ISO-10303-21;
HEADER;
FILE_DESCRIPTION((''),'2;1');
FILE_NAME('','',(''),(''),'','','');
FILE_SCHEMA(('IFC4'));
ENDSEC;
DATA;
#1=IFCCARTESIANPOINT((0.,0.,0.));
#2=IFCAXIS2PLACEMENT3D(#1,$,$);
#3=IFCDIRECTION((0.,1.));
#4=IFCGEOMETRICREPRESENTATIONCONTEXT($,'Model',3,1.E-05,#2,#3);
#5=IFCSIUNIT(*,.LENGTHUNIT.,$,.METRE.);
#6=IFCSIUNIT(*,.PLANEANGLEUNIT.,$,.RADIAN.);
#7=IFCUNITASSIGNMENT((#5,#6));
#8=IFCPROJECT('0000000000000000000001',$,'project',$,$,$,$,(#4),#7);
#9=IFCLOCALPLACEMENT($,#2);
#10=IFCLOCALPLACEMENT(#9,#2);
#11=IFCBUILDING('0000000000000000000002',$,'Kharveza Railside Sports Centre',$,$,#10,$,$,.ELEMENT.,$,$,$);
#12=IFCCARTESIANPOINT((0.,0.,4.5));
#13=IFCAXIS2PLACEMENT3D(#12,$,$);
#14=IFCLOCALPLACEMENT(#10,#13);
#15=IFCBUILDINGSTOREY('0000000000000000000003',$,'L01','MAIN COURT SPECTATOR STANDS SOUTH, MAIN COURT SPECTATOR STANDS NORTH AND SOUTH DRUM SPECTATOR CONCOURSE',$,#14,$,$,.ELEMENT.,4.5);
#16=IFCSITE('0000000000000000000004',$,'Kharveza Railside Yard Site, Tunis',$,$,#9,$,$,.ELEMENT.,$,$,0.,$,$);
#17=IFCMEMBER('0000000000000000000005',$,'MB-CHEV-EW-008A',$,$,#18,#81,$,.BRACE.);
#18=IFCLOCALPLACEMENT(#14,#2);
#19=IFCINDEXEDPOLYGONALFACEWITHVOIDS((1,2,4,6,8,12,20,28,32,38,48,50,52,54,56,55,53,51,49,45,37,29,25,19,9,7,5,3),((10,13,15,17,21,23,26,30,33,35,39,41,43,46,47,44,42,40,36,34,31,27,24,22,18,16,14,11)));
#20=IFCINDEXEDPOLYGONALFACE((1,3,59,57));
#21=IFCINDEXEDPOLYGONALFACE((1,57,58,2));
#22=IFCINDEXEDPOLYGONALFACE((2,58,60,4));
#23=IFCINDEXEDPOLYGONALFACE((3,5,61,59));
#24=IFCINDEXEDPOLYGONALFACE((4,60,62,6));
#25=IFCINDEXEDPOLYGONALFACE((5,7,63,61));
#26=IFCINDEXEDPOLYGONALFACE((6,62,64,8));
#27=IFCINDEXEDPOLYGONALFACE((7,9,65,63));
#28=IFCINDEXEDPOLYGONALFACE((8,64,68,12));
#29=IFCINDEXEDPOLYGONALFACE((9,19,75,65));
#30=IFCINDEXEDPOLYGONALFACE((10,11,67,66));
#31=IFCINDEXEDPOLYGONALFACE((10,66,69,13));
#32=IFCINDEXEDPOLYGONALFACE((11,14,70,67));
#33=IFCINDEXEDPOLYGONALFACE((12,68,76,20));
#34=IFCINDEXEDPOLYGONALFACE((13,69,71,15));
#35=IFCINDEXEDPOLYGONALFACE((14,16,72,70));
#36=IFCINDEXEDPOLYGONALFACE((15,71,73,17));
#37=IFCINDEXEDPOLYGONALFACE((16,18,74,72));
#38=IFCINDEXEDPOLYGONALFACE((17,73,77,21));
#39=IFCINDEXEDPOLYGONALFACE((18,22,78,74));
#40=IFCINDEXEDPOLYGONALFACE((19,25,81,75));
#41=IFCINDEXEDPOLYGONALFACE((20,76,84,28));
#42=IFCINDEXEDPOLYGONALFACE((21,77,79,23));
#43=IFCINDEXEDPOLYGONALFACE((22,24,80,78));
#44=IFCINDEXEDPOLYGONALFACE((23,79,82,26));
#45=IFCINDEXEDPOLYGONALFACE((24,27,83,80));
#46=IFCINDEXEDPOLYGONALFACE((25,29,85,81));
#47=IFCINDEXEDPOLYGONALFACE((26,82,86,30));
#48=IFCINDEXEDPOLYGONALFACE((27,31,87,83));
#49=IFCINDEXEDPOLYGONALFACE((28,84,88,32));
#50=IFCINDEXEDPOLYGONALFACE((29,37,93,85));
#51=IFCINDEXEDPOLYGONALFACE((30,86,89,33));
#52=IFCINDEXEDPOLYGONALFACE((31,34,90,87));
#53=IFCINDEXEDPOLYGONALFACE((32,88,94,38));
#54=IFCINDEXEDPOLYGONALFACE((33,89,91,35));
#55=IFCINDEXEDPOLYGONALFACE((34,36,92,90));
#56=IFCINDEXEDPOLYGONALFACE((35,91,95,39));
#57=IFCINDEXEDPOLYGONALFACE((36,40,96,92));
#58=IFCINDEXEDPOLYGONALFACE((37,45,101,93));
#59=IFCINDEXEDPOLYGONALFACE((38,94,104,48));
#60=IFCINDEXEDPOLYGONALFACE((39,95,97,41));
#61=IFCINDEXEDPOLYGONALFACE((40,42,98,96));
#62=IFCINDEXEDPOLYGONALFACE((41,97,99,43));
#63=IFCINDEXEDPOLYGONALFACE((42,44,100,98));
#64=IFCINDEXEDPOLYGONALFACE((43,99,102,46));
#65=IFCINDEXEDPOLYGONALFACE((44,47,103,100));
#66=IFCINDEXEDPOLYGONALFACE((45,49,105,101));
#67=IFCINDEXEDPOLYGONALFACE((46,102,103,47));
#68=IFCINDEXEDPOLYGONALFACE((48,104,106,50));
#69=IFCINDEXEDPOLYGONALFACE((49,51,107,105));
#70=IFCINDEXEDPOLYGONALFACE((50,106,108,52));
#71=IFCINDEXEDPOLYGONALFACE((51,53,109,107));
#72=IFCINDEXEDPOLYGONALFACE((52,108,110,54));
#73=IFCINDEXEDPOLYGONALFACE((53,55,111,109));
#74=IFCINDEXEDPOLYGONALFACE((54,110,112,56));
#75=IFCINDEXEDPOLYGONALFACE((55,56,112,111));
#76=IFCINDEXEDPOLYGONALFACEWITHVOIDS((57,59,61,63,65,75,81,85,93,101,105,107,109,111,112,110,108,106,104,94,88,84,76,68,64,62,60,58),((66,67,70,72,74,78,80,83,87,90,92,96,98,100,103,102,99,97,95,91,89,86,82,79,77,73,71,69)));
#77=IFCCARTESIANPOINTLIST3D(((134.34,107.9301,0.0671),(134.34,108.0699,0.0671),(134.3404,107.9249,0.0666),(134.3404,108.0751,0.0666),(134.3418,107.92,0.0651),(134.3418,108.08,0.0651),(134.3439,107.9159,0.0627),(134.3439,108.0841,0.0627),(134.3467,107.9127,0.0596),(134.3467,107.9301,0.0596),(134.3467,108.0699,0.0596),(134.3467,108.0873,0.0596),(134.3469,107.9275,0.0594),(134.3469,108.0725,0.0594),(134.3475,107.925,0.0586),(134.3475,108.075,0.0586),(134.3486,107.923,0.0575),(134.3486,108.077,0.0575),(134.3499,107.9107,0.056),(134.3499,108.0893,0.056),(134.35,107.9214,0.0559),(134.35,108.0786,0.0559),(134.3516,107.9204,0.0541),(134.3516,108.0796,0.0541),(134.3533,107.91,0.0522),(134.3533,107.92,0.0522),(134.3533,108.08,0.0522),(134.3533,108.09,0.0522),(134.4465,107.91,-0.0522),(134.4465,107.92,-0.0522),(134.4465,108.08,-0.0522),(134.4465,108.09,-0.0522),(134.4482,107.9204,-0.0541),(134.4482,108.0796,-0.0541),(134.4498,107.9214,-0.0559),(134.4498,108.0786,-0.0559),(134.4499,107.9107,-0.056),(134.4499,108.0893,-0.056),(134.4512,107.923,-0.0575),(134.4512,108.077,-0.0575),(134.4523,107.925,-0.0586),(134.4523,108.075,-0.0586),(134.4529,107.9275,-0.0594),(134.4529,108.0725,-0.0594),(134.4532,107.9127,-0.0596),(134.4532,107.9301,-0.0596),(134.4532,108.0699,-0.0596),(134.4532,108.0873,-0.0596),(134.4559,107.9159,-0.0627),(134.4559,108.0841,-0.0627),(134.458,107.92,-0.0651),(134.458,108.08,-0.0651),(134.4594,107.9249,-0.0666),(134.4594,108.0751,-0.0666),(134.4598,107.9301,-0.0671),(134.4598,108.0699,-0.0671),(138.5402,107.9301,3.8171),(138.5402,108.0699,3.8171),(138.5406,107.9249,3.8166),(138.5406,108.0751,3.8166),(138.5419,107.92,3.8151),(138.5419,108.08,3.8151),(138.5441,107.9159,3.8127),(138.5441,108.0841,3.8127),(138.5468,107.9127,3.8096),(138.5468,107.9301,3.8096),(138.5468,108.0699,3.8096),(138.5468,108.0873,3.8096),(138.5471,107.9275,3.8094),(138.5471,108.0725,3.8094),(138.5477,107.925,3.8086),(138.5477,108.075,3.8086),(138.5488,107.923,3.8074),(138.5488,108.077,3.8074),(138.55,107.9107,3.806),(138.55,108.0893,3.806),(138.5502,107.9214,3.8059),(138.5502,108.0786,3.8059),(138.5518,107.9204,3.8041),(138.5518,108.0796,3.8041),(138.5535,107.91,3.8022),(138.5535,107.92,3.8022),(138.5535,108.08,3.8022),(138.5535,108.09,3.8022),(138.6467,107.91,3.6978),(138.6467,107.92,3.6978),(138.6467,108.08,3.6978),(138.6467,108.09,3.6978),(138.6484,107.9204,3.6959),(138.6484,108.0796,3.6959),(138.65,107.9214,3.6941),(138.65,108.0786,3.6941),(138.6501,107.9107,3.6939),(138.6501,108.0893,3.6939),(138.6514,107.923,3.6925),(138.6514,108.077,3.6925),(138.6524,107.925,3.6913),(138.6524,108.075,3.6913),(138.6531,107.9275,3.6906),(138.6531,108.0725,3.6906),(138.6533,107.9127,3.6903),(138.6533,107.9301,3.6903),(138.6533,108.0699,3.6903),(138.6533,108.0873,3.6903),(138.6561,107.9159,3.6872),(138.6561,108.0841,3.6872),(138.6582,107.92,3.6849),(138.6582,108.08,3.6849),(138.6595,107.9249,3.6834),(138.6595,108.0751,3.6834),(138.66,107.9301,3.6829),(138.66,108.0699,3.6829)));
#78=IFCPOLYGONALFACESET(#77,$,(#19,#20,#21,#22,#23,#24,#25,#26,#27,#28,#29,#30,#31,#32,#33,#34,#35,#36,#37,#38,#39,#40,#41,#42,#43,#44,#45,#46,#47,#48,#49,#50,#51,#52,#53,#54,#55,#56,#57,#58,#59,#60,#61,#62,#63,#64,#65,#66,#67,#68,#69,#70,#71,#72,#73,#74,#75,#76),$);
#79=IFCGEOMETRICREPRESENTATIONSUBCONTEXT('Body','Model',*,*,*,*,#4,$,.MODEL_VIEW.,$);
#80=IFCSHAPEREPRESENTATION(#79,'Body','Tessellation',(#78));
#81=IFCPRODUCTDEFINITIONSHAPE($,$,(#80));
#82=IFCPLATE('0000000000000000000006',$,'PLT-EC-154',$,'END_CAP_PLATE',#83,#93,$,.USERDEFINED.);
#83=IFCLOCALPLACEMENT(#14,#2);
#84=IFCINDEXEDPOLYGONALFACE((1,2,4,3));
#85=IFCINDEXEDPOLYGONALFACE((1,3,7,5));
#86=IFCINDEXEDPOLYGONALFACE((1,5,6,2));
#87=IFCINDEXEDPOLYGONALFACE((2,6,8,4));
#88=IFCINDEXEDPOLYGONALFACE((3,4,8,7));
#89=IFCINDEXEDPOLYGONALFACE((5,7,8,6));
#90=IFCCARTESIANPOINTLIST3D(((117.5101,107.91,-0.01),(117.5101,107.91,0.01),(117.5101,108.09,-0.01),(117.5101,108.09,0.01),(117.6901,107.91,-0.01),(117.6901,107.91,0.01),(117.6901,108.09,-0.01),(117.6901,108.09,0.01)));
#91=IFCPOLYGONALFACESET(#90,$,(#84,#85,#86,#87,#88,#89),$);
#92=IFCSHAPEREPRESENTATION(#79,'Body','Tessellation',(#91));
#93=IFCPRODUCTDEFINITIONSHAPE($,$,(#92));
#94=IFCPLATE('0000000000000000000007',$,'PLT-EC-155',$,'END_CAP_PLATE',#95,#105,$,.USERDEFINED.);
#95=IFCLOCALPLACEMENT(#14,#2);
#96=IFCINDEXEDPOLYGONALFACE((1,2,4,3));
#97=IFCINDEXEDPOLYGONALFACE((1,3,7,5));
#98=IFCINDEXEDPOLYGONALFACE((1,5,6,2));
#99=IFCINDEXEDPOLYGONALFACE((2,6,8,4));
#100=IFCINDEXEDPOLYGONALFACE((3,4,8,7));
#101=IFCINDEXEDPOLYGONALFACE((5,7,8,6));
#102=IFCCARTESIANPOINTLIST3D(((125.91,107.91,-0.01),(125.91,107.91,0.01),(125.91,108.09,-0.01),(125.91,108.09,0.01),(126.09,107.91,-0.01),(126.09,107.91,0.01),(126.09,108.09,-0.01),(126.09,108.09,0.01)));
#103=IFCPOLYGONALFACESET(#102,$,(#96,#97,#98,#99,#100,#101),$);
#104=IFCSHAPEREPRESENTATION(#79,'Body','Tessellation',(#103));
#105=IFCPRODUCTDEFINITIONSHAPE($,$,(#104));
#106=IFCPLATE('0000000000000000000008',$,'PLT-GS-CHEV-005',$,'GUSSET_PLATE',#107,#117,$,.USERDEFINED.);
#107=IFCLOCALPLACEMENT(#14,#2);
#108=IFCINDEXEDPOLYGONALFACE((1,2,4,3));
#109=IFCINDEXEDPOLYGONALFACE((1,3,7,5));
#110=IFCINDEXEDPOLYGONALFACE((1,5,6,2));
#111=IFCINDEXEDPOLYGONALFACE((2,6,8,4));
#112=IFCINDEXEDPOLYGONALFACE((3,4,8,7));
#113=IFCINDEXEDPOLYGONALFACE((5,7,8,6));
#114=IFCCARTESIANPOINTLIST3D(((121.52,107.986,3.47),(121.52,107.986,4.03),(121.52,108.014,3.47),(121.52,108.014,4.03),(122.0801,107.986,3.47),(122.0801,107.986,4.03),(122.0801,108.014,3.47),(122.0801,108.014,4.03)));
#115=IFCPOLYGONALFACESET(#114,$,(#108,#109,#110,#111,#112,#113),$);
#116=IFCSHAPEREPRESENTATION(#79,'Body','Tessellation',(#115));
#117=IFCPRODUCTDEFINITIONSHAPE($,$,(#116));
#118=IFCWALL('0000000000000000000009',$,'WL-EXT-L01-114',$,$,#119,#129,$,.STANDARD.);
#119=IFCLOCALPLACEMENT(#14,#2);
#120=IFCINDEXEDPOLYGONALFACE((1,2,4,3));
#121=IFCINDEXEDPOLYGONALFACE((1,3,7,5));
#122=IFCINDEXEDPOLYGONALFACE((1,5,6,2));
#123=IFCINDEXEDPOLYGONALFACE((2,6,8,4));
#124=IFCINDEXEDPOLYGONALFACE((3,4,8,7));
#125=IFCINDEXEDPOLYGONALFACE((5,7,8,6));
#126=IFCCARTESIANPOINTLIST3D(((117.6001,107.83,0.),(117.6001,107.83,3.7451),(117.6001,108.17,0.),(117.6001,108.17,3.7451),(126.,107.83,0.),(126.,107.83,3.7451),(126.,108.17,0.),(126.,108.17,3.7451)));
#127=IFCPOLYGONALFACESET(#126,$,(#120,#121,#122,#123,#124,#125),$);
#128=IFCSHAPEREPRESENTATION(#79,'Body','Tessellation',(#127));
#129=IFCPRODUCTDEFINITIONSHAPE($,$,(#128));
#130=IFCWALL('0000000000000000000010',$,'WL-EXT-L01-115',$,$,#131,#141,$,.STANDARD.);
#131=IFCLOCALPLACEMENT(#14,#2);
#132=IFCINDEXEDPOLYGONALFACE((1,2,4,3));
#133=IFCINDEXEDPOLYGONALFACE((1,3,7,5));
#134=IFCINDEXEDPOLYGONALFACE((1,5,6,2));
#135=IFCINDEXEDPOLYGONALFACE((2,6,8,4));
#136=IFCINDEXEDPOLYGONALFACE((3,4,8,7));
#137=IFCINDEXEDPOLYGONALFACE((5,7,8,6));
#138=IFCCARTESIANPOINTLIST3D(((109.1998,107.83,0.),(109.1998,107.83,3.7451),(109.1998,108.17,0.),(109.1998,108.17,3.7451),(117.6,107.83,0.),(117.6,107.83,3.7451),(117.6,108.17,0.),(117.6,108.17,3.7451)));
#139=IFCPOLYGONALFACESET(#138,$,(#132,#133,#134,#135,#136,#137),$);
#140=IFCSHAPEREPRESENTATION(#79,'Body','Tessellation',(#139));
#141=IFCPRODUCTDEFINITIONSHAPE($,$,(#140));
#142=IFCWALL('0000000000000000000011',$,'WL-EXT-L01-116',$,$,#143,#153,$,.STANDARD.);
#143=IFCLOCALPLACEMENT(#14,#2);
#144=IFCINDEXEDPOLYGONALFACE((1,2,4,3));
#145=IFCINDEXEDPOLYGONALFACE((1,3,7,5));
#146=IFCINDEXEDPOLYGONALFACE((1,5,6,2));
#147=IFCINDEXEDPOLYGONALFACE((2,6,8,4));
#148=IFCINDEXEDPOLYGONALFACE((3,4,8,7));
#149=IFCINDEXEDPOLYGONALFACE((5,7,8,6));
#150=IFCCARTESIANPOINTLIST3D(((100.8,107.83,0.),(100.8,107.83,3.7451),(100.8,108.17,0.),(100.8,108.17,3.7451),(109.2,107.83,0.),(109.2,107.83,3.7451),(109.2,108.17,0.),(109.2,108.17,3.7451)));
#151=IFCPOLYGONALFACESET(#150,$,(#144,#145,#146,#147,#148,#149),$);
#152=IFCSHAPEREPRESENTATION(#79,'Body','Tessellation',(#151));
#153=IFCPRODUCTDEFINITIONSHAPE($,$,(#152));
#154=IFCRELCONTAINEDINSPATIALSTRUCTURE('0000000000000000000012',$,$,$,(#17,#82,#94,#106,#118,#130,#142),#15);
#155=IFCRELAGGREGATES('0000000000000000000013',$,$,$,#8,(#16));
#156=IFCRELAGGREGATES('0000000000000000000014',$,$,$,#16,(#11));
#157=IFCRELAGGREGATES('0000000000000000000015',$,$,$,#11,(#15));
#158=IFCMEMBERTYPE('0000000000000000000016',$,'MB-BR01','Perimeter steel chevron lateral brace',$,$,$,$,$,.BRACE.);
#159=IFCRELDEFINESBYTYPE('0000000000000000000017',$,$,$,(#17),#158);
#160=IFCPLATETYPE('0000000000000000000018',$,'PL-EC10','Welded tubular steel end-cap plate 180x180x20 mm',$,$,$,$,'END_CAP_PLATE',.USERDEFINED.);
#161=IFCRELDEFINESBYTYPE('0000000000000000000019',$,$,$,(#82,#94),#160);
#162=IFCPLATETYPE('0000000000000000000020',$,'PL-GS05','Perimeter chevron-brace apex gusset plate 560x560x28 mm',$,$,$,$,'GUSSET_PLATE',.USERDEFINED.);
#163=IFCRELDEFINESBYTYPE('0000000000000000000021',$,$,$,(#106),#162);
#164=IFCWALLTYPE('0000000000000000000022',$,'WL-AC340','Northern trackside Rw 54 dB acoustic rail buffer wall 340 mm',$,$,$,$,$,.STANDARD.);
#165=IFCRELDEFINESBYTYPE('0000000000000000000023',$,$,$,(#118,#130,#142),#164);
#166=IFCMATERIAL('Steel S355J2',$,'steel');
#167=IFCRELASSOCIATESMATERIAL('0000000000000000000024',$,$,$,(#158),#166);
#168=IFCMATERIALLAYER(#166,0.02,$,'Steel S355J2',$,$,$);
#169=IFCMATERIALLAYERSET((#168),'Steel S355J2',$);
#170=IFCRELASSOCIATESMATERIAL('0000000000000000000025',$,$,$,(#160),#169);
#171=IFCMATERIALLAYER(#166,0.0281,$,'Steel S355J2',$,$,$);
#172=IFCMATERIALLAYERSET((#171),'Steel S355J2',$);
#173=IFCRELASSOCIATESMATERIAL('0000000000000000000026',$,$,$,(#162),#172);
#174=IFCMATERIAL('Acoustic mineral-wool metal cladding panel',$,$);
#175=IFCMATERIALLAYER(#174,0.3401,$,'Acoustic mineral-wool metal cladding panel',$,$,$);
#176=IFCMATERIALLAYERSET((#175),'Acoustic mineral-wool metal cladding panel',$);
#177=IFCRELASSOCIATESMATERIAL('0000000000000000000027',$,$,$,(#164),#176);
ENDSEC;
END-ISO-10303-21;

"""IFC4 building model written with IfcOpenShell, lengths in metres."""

from ifc_helpers import new_model, si_unit, direction, frame, frame_2d, origin, origin_2d, place, context, subcontext, project, spatial, rectangle, hollow_rectangle, extrude, material, layer, layer_set, material_profile, profile_set, type_object, element, save


model = new_model("IFC4")

# Units and contexts
model_context = context("Model", 3, precision=1e-05, world=origin(), true_north=direction((0.0, 1.0)))
body_context = subcontext(model_context, "Body", "Model", "MODEL_VIEW")
ifc_project = project(units=[si_unit("LENGTHUNIT", "METRE"), si_unit("PLANEANGLEUNIT", "RADIAN")], contexts=[model_context])

# Site, building, storey
site_placement = place(None, origin())
site = spatial("IfcSite", under=ifc_project, at=site_placement, Name="Kharveza Railside Yard Site, Tunis", CompositionType="ELEMENT", RefElevation=0.0)
building_placement = place(site_placement, origin())
building = spatial("IfcBuilding", under=site, at=building_placement, Name="Kharveza Railside Sports Centre", CompositionType="ELEMENT")
storey_placement = place(building_placement, frame((0.0, 0.0, 4.5)))
storey = spatial("IfcBuildingStorey", under=building, at=storey_placement, Name="L01", Description="MAIN COURT SPECTATOR STANDS SOUTH, MAIN COURT SPECTATOR STANDS NORTH AND SOUTH DRUM SPECTATOR CONCOURSE", CompositionType="ELEMENT", Elevation=4.5)

# Shared definitions
ifc_material_1 = material(Name="Steel S355J2", Category="steel")

# Member
ifc_material_profile_1 = material_profile(ifc_material_1, hollow_rectangle(XDim=0.1799, YDim=0.1799, WallThickness=0.01, InnerFilletRadius=0.01, OuterFilletRadius=0.02, at=origin_2d()), Name="SHS 180x180x10.0")
ifc_profile_set_1 = profile_set([ifc_material_profile_1], Name="Steel S355J2")
member_type = type_object("IfcMemberType", Name="MB-BR01", Description="Perimeter steel chevron lateral brace", PredefinedType="BRACE", material=ifc_profile_set_1)
member_placement = place(storey_placement, frame((134.3999, 108.0, 0.0), z_axis=(0.745953, 0.0, 0.665999), x_axis=(0.0, 1.0, 0.0)))
element("IfcMember", 1, at=member_placement, inside=storey, type_object=member_type, Name="MB-CHEV-EW-008A", PredefinedType="BRACE", context=body_context, shape_type="SweptSolid", body=[
    extrude(hollow_rectangle(XDim=0.1799, YDim=0.1799, WallThickness=0.01, InnerFilletRadius=0.01, OuterFilletRadius=0.02, at=origin_2d()), origin(), (0.0, 0.0, 1.0), 5.6306),
])

# Plates
ifc_layer_1 = layer(ifc_material_1, 0.02, Name="Steel S355J2")
ifc_layer_set_1 = layer_set([ifc_layer_1], Name="Steel S355J2")
plate_type_1 = type_object("IfcPlateType", Name="PL-EC10", Description="Welded tubular steel end-cap plate 180x180x20 mm", ElementType="END_CAP_PLATE", PredefinedType="USERDEFINED", material=ifc_layer_set_1)
for number, where, z_axis, x_axis, name in (
    (2, (117.6001, 108.0, -0.01), (0.0, 0.0, 1.0), (1.0, 0.0, 0.0), "PLT-EC-154"),
    (3, (126.0, 108.0, -0.01), (0.0, 0.0, 1.0), (1.0, 0.0, 0.0), "PLT-EC-155"),
):
    element("IfcPlate", number, at=place(storey_placement, frame(where, z_axis=z_axis, x_axis=x_axis)), inside=storey, type_object=plate_type_1, Name=name, ObjectType="END_CAP_PLATE", PredefinedType="USERDEFINED", context=body_context, shape_type="SweptSolid", body=[
        extrude(rectangle(XDim=0.1799, YDim=0.1799, at=origin_2d()), origin(), (0.0, 0.0, 1.0), 0.02),
    ])
ifc_layer_2 = layer(ifc_material_1, 0.0281, Name="Steel S355J2")
ifc_layer_set_2 = layer_set([ifc_layer_2], Name="Steel S355J2")
plate_type_2 = type_object("IfcPlateType", Name="PL-GS05", Description="Perimeter chevron-brace apex gusset plate 560x560x28 mm", ElementType="GUSSET_PLATE", PredefinedType="USERDEFINED", material=ifc_layer_set_2)
plate_placement = place(storey_placement, frame((121.8, 108.0, 3.47), z_axis=(0.0, 0.0, 1.0), x_axis=(1.0, 0.0, 0.0)))
element("IfcPlate", 4, at=plate_placement, inside=storey, type_object=plate_type_2, Name="PLT-GS-CHEV-005", ObjectType="GUSSET_PLATE", PredefinedType="USERDEFINED", context=body_context, shape_type="SweptSolid", body=[
    extrude(rectangle(XDim=0.5601, YDim=0.0281, at=origin_2d()), origin(), (0.0, 0.0, 1.0), 0.5601),
])

# Walls
ifc_material_2 = material(Name="Acoustic mineral-wool metal cladding panel")
ifc_layer_3 = layer(ifc_material_2, 0.3401, Name="Acoustic mineral-wool metal cladding panel")
ifc_layer_set_3 = layer_set([ifc_layer_3], Name="Acoustic mineral-wool metal cladding panel")
wall_type = type_object("IfcWallType", Name="WL-AC340", Description="Northern trackside Rw 54 dB acoustic rail buffer wall 340 mm", PredefinedType="STANDARD", material=ifc_layer_set_3)
wall_1_placement = place(storey_placement, frame((126.0, 108.0, 0.0), z_axis=(0.0, 0.0, 1.0), x_axis=(-1.0, 0.0, 0.0)))
element("IfcWall", 5, at=wall_1_placement, inside=storey, type_object=wall_type, Name="WL-EXT-L01-114", PredefinedType="STANDARD", context=body_context, shape_type="SweptSolid", body=[
    extrude(rectangle(XDim=8.3999, YDim=0.3401, at=frame_2d((4.2, 0.0))), origin(), (0.0, 0.0, 1.0), 3.7451),
])
wall_2_placement = place(storey_placement, frame((117.6001, 108.0, 0.0), z_axis=(0.0, 0.0, 1.0), x_axis=(-1.0, 0.0, 0.0)))
element("IfcWall", 6, at=wall_2_placement, inside=storey, type_object=wall_type, Name="WL-EXT-L01-115", PredefinedType="STANDARD", context=body_context, shape_type="SweptSolid", body=[
    extrude(rectangle(XDim=8.4001, YDim=0.3401, at=frame_2d((4.2002, 0.0))), origin(), (0.0, 0.0, 1.0), 3.7451),
])
wall_3_placement = place(storey_placement, frame((109.2, 108.0, 0.0), z_axis=(0.0, 0.0, 1.0), x_axis=(-1.0, 0.0, 0.0)))
element("IfcWall", 7, at=wall_3_placement, inside=storey, type_object=wall_type, Name="WL-EXT-L01-116", PredefinedType="STANDARD", context=body_context, shape_type="SweptSolid", body=[
    extrude(rectangle(XDim=8.3999, YDim=0.3401, at=frame_2d((4.2, 0.0))), origin(), (0.0, 0.0, 1.0), 3.7451),
])

save(model, "model.ifc")
